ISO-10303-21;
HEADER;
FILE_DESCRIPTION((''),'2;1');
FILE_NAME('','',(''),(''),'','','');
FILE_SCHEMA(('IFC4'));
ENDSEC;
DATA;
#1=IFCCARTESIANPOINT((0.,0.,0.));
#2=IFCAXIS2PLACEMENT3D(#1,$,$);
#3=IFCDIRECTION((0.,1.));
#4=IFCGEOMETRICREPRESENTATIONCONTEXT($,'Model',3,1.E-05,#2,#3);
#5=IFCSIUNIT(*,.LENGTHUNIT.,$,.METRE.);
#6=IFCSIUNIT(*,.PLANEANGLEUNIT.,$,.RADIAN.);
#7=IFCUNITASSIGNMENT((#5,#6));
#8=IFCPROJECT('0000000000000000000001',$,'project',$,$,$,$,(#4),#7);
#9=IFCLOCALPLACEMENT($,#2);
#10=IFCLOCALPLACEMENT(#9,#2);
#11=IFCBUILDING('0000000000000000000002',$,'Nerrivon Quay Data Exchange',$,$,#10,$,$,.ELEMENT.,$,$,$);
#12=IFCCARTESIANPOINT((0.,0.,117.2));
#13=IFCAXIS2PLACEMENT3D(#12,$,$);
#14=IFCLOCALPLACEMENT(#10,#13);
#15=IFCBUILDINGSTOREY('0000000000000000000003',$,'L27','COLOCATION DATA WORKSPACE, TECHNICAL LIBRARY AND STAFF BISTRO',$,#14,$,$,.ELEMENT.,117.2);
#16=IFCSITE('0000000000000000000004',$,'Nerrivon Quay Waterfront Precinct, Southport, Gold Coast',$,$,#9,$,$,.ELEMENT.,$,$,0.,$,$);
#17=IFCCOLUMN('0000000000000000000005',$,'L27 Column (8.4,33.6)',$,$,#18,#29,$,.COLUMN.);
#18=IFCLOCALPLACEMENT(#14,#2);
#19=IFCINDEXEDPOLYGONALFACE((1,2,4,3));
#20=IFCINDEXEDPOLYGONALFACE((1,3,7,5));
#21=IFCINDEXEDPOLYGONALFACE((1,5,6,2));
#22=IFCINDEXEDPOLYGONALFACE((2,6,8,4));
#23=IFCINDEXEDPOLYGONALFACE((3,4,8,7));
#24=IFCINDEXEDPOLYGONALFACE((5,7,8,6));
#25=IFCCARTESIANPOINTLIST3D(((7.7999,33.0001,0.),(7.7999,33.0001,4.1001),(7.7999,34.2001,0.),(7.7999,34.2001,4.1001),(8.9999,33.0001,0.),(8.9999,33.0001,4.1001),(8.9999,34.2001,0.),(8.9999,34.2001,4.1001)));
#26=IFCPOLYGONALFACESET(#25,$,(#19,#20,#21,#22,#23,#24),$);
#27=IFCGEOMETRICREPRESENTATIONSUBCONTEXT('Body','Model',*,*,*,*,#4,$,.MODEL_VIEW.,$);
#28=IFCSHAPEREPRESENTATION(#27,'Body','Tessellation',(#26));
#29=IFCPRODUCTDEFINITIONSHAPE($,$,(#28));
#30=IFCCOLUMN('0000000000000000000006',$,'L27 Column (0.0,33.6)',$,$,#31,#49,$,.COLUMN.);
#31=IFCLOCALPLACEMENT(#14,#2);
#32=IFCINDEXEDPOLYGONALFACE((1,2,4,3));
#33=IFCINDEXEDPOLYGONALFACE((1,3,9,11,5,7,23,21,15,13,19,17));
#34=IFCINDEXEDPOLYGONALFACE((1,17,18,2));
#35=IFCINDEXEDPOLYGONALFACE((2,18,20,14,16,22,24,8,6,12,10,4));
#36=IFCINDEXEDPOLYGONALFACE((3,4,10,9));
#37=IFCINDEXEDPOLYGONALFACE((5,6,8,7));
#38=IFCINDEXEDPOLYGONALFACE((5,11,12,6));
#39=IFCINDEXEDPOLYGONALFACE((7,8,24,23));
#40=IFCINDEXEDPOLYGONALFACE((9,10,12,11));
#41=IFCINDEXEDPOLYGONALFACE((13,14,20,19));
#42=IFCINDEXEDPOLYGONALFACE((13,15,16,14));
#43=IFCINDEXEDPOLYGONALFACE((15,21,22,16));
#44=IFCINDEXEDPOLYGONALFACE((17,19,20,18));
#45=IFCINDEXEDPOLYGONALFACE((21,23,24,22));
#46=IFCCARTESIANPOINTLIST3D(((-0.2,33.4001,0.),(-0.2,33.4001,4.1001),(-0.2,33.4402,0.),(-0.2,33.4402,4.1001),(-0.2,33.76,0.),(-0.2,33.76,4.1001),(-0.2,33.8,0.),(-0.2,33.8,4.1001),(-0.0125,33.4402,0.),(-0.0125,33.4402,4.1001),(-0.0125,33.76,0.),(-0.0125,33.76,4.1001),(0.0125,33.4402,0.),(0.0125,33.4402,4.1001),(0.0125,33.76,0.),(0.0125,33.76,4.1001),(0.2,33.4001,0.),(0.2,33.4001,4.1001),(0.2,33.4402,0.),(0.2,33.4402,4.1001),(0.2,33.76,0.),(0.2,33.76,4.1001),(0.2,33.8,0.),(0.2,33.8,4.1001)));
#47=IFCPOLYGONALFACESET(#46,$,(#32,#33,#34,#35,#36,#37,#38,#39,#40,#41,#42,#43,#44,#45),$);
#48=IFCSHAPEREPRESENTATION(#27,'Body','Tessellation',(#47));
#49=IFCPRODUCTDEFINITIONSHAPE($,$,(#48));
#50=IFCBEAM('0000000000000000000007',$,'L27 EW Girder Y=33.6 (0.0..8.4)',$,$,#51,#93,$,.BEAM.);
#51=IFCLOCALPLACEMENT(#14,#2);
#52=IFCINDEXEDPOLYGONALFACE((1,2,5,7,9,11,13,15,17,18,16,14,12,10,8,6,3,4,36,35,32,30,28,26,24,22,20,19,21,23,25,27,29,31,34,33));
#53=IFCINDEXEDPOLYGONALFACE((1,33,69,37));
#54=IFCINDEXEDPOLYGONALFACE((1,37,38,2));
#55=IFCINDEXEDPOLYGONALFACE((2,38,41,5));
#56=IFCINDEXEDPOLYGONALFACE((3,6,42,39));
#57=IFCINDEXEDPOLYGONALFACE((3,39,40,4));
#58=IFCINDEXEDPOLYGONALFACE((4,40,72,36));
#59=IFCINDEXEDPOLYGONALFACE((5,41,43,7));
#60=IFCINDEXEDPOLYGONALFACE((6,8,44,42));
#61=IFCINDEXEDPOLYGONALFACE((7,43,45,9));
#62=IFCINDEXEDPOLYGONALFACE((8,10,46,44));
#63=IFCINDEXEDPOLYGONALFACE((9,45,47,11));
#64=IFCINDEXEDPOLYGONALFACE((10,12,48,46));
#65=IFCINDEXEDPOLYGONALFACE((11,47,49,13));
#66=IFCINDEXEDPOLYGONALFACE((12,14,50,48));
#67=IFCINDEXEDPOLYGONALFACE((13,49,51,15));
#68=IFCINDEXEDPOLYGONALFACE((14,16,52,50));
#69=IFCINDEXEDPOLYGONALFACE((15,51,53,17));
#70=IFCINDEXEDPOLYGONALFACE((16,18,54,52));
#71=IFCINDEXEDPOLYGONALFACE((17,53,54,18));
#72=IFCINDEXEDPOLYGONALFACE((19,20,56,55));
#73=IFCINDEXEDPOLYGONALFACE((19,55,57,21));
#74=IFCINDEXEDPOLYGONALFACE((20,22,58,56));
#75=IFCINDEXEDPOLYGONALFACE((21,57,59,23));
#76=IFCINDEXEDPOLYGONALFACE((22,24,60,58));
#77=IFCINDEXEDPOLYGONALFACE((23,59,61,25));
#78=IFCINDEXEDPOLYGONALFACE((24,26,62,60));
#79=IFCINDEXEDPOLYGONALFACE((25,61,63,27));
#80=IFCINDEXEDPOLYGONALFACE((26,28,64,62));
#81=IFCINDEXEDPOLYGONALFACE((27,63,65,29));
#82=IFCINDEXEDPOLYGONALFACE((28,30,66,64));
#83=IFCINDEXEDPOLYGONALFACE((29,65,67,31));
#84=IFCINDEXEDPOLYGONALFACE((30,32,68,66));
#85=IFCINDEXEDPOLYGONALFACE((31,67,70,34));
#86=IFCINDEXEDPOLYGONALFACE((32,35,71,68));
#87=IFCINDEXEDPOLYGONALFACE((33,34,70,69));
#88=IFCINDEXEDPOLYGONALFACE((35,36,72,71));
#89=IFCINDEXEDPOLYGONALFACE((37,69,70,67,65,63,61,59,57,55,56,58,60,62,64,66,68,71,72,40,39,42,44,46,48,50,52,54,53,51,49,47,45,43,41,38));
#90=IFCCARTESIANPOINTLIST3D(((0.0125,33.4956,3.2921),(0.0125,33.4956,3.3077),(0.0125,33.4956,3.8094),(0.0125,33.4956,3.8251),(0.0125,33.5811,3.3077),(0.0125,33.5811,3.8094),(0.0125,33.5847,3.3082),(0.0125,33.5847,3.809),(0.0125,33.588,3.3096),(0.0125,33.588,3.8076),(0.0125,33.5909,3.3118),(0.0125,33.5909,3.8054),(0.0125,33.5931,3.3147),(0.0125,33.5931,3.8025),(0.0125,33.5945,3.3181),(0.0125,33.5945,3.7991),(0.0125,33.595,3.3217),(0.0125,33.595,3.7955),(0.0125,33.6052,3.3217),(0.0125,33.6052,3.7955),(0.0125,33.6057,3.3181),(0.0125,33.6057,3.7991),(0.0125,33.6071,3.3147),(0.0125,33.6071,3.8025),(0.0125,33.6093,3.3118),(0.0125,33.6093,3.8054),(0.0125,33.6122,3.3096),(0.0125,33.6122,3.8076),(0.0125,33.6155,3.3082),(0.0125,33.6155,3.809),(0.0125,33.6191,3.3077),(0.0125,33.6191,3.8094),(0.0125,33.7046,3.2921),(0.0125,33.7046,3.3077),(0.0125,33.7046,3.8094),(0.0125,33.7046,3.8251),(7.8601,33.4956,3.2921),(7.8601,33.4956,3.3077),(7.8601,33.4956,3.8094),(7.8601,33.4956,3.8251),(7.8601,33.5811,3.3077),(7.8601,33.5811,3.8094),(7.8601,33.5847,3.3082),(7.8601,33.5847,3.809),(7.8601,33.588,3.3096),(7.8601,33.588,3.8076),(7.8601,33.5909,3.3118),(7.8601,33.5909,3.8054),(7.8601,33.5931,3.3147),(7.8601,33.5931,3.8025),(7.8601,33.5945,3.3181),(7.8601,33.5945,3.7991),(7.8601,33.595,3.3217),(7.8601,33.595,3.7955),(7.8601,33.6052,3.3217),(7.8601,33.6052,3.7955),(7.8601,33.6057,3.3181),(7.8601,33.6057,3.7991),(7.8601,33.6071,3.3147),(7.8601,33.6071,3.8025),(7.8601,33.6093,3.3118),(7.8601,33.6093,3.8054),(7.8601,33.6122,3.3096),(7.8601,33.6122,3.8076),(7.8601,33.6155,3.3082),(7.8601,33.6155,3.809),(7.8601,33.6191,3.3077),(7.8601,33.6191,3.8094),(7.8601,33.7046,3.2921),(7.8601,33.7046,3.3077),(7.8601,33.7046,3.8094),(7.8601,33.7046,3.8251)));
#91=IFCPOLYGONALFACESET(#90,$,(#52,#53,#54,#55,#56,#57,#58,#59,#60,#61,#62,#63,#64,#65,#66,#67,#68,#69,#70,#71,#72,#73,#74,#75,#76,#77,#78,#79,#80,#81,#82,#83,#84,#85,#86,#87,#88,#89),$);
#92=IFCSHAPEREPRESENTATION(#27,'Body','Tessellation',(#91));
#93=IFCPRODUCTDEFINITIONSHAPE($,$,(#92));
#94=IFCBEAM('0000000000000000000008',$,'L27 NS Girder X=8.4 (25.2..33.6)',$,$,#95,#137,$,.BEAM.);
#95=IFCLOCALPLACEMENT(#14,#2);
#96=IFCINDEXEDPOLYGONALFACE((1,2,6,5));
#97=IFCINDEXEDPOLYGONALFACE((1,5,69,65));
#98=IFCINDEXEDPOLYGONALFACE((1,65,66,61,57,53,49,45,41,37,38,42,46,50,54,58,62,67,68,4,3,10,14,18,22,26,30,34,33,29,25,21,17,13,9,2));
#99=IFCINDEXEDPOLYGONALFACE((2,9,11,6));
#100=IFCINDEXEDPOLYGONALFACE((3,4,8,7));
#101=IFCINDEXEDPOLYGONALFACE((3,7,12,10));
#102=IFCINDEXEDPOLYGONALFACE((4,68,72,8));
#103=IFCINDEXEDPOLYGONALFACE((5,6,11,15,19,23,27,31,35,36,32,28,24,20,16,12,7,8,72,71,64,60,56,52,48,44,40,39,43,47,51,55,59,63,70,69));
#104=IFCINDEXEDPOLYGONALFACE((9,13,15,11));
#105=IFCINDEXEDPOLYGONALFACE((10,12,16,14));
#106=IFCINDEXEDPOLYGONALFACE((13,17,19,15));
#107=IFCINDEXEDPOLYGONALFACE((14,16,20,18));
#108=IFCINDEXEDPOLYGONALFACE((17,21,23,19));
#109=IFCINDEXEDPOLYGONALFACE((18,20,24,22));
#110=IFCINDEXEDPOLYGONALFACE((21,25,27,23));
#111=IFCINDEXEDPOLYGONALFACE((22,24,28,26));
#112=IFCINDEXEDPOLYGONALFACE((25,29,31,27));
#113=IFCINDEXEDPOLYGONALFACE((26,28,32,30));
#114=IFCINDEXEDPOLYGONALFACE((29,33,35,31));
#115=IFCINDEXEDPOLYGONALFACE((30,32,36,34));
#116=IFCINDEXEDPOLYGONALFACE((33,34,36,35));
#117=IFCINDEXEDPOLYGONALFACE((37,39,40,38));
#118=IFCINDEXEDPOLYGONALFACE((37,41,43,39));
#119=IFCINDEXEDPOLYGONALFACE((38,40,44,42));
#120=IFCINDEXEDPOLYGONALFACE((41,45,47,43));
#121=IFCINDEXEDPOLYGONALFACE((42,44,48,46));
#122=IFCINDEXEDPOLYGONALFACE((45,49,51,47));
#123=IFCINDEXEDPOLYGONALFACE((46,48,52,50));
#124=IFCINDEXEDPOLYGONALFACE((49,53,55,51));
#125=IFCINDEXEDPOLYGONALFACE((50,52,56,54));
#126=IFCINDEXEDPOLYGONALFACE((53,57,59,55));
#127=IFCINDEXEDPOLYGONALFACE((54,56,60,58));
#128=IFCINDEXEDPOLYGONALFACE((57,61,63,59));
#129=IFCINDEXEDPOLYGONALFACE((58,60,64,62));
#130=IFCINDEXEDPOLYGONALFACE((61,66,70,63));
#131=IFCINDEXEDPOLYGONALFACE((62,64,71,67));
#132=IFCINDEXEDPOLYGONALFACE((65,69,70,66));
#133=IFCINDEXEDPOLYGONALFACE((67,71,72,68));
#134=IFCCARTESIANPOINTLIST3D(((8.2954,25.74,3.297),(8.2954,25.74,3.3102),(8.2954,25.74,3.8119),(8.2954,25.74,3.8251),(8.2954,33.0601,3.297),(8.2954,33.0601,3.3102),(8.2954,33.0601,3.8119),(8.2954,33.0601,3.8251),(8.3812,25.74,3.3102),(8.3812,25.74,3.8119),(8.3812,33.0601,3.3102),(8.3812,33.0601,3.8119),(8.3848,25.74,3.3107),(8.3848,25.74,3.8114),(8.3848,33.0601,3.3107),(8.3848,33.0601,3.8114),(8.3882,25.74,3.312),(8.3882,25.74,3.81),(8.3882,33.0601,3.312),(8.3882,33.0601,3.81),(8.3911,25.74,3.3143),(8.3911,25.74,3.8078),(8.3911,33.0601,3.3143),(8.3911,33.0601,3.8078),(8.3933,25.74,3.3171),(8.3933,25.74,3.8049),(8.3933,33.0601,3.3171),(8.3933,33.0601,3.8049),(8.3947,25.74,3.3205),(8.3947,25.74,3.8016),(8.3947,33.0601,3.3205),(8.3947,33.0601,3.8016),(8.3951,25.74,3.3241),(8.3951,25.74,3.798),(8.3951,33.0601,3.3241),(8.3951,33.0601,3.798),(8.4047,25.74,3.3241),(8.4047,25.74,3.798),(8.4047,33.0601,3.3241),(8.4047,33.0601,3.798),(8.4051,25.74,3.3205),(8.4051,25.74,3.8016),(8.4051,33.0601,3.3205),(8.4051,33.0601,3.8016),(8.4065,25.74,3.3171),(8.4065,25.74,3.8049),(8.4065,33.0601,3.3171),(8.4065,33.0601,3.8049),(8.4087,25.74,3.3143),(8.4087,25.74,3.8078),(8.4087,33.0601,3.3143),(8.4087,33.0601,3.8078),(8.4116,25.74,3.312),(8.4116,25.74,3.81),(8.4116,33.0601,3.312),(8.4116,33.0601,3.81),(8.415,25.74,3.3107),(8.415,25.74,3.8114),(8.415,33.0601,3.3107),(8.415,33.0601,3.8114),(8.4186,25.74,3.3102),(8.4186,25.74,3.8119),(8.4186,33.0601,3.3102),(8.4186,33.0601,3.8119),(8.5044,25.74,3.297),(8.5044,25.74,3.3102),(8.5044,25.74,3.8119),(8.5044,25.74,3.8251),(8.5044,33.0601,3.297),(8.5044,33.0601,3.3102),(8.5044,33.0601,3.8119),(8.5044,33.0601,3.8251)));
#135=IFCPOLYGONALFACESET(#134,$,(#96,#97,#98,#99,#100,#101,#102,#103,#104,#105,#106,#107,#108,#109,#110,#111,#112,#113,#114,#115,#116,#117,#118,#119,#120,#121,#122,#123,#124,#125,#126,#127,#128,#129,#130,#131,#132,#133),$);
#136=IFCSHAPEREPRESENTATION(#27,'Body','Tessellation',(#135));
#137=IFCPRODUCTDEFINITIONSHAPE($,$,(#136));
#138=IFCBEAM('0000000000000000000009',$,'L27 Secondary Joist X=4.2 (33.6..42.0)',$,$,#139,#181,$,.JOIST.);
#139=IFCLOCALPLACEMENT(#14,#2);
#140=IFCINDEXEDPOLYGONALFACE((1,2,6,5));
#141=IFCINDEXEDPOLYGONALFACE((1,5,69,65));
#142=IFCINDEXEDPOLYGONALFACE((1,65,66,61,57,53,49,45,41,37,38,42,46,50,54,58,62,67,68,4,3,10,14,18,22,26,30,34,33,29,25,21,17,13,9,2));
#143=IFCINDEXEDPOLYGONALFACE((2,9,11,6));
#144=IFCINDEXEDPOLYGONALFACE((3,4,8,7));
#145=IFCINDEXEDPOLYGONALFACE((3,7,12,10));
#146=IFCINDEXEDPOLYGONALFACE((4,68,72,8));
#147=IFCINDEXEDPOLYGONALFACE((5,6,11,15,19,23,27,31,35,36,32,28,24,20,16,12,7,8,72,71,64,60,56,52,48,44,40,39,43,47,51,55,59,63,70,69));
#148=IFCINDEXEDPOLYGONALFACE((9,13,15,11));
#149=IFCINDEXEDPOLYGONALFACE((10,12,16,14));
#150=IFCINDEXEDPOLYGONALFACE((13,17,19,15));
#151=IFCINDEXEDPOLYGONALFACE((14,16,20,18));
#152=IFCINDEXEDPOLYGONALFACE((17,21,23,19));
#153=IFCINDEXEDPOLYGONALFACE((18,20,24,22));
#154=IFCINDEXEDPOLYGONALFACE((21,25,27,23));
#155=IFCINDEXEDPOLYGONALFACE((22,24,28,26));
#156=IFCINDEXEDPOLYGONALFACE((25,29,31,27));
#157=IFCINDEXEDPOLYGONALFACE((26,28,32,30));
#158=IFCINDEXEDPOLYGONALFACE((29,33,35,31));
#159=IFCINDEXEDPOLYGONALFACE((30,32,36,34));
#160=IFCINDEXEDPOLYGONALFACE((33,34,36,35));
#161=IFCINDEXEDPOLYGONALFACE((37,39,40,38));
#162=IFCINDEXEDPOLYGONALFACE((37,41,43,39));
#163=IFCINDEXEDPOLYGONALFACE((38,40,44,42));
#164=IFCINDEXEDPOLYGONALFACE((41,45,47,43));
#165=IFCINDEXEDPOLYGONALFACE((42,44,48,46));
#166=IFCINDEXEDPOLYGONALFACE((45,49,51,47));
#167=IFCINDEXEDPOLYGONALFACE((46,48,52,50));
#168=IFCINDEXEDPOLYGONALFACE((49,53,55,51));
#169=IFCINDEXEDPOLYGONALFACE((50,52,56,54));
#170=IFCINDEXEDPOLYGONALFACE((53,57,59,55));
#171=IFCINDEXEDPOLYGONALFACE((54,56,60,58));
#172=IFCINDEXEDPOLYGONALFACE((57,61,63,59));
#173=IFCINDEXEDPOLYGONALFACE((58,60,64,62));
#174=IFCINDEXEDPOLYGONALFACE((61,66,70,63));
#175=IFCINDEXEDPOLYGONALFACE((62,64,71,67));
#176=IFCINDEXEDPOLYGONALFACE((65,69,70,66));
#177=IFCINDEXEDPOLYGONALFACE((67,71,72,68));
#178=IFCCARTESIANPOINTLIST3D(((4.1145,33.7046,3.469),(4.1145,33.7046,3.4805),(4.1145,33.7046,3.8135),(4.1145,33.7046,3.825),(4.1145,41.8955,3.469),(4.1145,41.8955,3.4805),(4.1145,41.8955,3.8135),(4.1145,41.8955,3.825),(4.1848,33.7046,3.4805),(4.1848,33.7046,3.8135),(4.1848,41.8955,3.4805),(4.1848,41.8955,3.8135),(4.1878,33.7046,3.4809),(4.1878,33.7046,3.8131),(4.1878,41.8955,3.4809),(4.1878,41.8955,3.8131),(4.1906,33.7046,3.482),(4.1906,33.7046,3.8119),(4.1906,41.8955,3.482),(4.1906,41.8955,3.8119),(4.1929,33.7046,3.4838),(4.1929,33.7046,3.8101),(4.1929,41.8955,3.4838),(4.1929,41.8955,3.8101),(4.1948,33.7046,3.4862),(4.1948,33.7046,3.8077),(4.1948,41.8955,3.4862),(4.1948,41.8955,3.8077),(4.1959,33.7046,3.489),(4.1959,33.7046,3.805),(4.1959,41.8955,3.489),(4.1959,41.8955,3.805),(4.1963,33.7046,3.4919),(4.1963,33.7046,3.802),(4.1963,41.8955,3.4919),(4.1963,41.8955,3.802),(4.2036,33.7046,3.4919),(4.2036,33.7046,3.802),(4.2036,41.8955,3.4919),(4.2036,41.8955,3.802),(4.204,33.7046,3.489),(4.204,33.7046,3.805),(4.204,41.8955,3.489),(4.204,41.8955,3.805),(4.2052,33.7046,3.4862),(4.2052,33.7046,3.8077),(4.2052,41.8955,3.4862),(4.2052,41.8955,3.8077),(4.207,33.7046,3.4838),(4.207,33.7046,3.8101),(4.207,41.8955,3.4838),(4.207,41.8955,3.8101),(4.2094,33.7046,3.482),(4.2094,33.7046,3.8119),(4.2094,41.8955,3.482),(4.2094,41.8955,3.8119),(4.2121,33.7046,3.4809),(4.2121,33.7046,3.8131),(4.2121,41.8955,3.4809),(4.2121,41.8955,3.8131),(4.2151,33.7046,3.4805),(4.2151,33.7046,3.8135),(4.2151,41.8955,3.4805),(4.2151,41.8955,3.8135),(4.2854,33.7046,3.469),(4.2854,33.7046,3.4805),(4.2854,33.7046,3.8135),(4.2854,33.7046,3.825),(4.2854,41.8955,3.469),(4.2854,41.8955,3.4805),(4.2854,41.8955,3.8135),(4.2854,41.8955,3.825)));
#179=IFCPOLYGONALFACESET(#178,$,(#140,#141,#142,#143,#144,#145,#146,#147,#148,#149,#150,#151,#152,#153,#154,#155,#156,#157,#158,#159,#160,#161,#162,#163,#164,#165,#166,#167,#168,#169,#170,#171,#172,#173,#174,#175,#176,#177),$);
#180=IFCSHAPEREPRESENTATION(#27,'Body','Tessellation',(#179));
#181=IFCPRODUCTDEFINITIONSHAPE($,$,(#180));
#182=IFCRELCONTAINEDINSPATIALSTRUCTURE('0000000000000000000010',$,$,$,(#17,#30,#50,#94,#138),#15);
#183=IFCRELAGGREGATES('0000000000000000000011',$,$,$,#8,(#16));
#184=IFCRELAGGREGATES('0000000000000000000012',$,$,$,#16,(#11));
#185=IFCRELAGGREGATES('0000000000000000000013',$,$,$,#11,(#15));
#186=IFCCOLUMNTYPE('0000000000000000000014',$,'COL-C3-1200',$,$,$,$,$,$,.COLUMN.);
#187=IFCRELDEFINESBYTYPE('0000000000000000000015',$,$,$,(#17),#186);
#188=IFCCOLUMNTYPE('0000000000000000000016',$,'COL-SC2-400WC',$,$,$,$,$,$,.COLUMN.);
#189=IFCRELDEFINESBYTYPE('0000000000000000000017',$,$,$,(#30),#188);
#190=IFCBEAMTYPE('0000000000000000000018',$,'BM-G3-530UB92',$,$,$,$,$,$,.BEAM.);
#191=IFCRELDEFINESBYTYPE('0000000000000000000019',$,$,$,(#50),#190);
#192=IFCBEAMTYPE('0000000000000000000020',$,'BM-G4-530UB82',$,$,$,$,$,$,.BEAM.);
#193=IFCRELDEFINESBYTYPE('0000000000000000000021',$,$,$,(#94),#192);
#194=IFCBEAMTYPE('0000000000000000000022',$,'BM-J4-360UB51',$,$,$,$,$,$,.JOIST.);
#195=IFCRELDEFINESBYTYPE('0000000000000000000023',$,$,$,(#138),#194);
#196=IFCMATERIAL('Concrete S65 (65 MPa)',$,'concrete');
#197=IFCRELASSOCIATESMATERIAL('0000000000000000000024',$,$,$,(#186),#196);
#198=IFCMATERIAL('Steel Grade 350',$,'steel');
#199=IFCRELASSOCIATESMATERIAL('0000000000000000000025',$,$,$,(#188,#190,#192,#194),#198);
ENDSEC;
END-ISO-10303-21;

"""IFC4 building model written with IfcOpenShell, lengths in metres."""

from ifc_helpers import new_model, si_unit, direction, frame, origin, origin_2d, place, context, subcontext, project, spatial, rectangle, i_section, extrude, material, material_profile, profile_set, type_object, element, save


model = new_model("IFC4")

# Units and contexts
model_context = context("Model", 3, precision=1e-05, world=origin(), true_north=direction((0.0, 1.0)))
body_context = subcontext(model_context, "Body", "Model", "MODEL_VIEW")
ifc_project = project(units=[si_unit("LENGTHUNIT", "METRE"), si_unit("PLANEANGLEUNIT", "RADIAN")], contexts=[model_context])

# Site, building, storey
site_placement = place(None, origin())
site = spatial("IfcSite", under=ifc_project, at=site_placement, Name="Nerrivon Quay Waterfront Precinct, Southport, Gold Coast", CompositionType="ELEMENT", RefElevation=0.0)
building_placement = place(site_placement, origin())
building = spatial("IfcBuilding", under=site, at=building_placement, Name="Nerrivon Quay Data Exchange", CompositionType="ELEMENT")
storey_placement = place(building_placement, frame((0.0, 0.0, 117.2)))
storey = spatial("IfcBuildingStorey", under=building, at=storey_placement, Name="L27", Description="COLOCATION DATA WORKSPACE, TECHNICAL LIBRARY AND STAFF BISTRO", CompositionType="ELEMENT", Elevation=117.2)

# Columns
ifc_material_1 = material(Name="Concrete S65 (65 MPa)", Category="concrete")
ifc_material_profile_1 = material_profile(ifc_material_1, rectangle(XDim=1.2, YDim=1.2, at=origin_2d()), Name="RC-COL-1200x1200")
ifc_profile_set_1 = profile_set([ifc_material_profile_1], Name="Concrete S65 (65 MPa)")
column_type_1 = type_object("IfcColumnType", Name="COL-C3-1200", PredefinedType="COLUMN", material=ifc_profile_set_1)
column_1_placement = place(storey_placement, frame((8.3999, 33.6001, 0.0), z_axis=(0.0, 0.0, 1.0), x_axis=(1.0, 0.0, 0.0)))
element("IfcColumn", 1, at=column_1_placement, inside=storey, type_object=column_type_1, Name="L27 Column (8.4,33.6)", PredefinedType="COLUMN", context=body_context, shape_type="SweptSolid", body=[
    extrude(rectangle(XDim=1.2, YDim=1.2, at=origin_2d()), origin(), (0.0, 0.0, 1.0), 4.1001),
])
ifc_material_2 = material(Name="Steel Grade 350", Category="steel")
ifc_material_profile_2 = material_profile(ifc_material_2, i_section(OverallWidth=0.3999, OverallDepth=0.3999, WebThickness=0.0249, FlangeThickness=0.04, at=origin_2d()), Name="400WC328")
ifc_profile_set_2 = profile_set([ifc_material_profile_2], Name="Steel Grade 350")
column_type_2 = type_object("IfcColumnType", Name="COL-SC2-400WC", PredefinedType="COLUMN", material=ifc_profile_set_2)
column_2_placement = place(storey_placement, frame((0.0, 33.6001, 0.0), z_axis=(0.0, 0.0, 1.0), x_axis=(1.0, 0.0, 0.0)))
element("IfcColumn", 2, at=column_2_placement, inside=storey, type_object=column_type_2, Name="L27 Column (0.0,33.6)", PredefinedType="COLUMN", context=body_context, shape_type="SweptSolid", body=[
    extrude(i_section(OverallWidth=0.3999, OverallDepth=0.3999, WebThickness=0.0249, FlangeThickness=0.04, at=origin_2d()), origin(), (0.0, 0.0, 1.0), 4.1001),
])

# Beams
ifc_material_profile_3 = material_profile(ifc_material_2, i_section(OverallWidth=0.209, OverallDepth=0.533, WebThickness=0.0103, FlangeThickness=0.0156, FilletRadius=0.0139, at=origin_2d()), Name="530UB92.4")
ifc_profile_set_3 = profile_set([ifc_material_profile_3], Name="Steel Grade 350")
beam_type_1 = type_object("IfcBeamType", Name="BM-G3-530UB92", PredefinedType="BEAM", material=ifc_profile_set_3)
beam_1_placement = place(storey_placement, frame((0.0125, 33.6001, 3.5586), z_axis=(1.0, 0.0, 0.0), x_axis=(0.0, 1.0, 0.0)))
element("IfcBeam", 3, at=beam_1_placement, inside=storey, type_object=beam_type_1, Name="L27 EW Girder Y=33.6 (0.0..8.4)", PredefinedType="BEAM", context=body_context, shape_type="SweptSolid", body=[
    extrude(i_section(OverallWidth=0.209, OverallDepth=0.533, WebThickness=0.0103, FlangeThickness=0.0156, FilletRadius=0.0139, at=origin_2d()), origin(), (0.0, 0.0, 1.0), 7.8477),
])
ifc_material_profile_4 = material_profile(ifc_material_2, i_section(OverallWidth=0.209, OverallDepth=0.5281, WebThickness=0.0095, FlangeThickness=0.0132, FilletRadius=0.0139, at=origin_2d()), Name="530UB82.0")
ifc_profile_set_4 = profile_set([ifc_material_profile_4], Name="Steel Grade 350")
beam_type_2 = type_object("IfcBeamType", Name="BM-G4-530UB82", PredefinedType="BEAM", material=ifc_profile_set_4)
beam_2_placement = place(storey_placement, frame((8.3999, 25.74, 3.561), z_axis=(0.0, 1.0, 0.0), x_axis=(-1.0, 0.0, 0.0)))
element("IfcBeam", 4, at=beam_2_placement, inside=storey, type_object=beam_type_2, Name="L27 NS Girder X=8.4 (25.2..33.6)", PredefinedType="BEAM", context=body_context, shape_type="SweptSolid", body=[
    extrude(i_section(OverallWidth=0.209, OverallDepth=0.5281, WebThickness=0.0095, FlangeThickness=0.0132, FilletRadius=0.0139, at=origin_2d()), origin(), (0.0, 0.0, 1.0), 7.3201),
])
ifc_material_profile_5 = material_profile(ifc_material_2, i_section(OverallWidth=0.1709, OverallDepth=0.356, WebThickness=0.0073, FlangeThickness=0.0115, FilletRadius=0.0115, at=origin_2d()), Name="360UB50.7")
ifc_profile_set_5 = profile_set([ifc_material_profile_5], Name="Steel Grade 350")
beam_type_3 = type_object("IfcBeamType", Name="BM-J4-360UB51", PredefinedType="JOIST", material=ifc_profile_set_5)
beam_3_placement = place(storey_placement, frame((4.2, 33.7046, 3.647), z_axis=(0.0, 1.0, 0.0), x_axis=(-1.0, 0.0, 0.0)))
element("IfcBeam", 5, at=beam_3_placement, inside=storey, type_object=beam_type_3, Name="L27 Secondary Joist X=4.2 (33.6..42.0)", PredefinedType="JOIST", context=body_context, shape_type="SweptSolid", body=[
    extrude(i_section(OverallWidth=0.1709, OverallDepth=0.356, WebThickness=0.0073, FlangeThickness=0.0115, FilletRadius=0.0115, at=origin_2d()), origin(), (0.0, 0.0, 1.0), 8.1909),
])

save(model, "model.ifc")
